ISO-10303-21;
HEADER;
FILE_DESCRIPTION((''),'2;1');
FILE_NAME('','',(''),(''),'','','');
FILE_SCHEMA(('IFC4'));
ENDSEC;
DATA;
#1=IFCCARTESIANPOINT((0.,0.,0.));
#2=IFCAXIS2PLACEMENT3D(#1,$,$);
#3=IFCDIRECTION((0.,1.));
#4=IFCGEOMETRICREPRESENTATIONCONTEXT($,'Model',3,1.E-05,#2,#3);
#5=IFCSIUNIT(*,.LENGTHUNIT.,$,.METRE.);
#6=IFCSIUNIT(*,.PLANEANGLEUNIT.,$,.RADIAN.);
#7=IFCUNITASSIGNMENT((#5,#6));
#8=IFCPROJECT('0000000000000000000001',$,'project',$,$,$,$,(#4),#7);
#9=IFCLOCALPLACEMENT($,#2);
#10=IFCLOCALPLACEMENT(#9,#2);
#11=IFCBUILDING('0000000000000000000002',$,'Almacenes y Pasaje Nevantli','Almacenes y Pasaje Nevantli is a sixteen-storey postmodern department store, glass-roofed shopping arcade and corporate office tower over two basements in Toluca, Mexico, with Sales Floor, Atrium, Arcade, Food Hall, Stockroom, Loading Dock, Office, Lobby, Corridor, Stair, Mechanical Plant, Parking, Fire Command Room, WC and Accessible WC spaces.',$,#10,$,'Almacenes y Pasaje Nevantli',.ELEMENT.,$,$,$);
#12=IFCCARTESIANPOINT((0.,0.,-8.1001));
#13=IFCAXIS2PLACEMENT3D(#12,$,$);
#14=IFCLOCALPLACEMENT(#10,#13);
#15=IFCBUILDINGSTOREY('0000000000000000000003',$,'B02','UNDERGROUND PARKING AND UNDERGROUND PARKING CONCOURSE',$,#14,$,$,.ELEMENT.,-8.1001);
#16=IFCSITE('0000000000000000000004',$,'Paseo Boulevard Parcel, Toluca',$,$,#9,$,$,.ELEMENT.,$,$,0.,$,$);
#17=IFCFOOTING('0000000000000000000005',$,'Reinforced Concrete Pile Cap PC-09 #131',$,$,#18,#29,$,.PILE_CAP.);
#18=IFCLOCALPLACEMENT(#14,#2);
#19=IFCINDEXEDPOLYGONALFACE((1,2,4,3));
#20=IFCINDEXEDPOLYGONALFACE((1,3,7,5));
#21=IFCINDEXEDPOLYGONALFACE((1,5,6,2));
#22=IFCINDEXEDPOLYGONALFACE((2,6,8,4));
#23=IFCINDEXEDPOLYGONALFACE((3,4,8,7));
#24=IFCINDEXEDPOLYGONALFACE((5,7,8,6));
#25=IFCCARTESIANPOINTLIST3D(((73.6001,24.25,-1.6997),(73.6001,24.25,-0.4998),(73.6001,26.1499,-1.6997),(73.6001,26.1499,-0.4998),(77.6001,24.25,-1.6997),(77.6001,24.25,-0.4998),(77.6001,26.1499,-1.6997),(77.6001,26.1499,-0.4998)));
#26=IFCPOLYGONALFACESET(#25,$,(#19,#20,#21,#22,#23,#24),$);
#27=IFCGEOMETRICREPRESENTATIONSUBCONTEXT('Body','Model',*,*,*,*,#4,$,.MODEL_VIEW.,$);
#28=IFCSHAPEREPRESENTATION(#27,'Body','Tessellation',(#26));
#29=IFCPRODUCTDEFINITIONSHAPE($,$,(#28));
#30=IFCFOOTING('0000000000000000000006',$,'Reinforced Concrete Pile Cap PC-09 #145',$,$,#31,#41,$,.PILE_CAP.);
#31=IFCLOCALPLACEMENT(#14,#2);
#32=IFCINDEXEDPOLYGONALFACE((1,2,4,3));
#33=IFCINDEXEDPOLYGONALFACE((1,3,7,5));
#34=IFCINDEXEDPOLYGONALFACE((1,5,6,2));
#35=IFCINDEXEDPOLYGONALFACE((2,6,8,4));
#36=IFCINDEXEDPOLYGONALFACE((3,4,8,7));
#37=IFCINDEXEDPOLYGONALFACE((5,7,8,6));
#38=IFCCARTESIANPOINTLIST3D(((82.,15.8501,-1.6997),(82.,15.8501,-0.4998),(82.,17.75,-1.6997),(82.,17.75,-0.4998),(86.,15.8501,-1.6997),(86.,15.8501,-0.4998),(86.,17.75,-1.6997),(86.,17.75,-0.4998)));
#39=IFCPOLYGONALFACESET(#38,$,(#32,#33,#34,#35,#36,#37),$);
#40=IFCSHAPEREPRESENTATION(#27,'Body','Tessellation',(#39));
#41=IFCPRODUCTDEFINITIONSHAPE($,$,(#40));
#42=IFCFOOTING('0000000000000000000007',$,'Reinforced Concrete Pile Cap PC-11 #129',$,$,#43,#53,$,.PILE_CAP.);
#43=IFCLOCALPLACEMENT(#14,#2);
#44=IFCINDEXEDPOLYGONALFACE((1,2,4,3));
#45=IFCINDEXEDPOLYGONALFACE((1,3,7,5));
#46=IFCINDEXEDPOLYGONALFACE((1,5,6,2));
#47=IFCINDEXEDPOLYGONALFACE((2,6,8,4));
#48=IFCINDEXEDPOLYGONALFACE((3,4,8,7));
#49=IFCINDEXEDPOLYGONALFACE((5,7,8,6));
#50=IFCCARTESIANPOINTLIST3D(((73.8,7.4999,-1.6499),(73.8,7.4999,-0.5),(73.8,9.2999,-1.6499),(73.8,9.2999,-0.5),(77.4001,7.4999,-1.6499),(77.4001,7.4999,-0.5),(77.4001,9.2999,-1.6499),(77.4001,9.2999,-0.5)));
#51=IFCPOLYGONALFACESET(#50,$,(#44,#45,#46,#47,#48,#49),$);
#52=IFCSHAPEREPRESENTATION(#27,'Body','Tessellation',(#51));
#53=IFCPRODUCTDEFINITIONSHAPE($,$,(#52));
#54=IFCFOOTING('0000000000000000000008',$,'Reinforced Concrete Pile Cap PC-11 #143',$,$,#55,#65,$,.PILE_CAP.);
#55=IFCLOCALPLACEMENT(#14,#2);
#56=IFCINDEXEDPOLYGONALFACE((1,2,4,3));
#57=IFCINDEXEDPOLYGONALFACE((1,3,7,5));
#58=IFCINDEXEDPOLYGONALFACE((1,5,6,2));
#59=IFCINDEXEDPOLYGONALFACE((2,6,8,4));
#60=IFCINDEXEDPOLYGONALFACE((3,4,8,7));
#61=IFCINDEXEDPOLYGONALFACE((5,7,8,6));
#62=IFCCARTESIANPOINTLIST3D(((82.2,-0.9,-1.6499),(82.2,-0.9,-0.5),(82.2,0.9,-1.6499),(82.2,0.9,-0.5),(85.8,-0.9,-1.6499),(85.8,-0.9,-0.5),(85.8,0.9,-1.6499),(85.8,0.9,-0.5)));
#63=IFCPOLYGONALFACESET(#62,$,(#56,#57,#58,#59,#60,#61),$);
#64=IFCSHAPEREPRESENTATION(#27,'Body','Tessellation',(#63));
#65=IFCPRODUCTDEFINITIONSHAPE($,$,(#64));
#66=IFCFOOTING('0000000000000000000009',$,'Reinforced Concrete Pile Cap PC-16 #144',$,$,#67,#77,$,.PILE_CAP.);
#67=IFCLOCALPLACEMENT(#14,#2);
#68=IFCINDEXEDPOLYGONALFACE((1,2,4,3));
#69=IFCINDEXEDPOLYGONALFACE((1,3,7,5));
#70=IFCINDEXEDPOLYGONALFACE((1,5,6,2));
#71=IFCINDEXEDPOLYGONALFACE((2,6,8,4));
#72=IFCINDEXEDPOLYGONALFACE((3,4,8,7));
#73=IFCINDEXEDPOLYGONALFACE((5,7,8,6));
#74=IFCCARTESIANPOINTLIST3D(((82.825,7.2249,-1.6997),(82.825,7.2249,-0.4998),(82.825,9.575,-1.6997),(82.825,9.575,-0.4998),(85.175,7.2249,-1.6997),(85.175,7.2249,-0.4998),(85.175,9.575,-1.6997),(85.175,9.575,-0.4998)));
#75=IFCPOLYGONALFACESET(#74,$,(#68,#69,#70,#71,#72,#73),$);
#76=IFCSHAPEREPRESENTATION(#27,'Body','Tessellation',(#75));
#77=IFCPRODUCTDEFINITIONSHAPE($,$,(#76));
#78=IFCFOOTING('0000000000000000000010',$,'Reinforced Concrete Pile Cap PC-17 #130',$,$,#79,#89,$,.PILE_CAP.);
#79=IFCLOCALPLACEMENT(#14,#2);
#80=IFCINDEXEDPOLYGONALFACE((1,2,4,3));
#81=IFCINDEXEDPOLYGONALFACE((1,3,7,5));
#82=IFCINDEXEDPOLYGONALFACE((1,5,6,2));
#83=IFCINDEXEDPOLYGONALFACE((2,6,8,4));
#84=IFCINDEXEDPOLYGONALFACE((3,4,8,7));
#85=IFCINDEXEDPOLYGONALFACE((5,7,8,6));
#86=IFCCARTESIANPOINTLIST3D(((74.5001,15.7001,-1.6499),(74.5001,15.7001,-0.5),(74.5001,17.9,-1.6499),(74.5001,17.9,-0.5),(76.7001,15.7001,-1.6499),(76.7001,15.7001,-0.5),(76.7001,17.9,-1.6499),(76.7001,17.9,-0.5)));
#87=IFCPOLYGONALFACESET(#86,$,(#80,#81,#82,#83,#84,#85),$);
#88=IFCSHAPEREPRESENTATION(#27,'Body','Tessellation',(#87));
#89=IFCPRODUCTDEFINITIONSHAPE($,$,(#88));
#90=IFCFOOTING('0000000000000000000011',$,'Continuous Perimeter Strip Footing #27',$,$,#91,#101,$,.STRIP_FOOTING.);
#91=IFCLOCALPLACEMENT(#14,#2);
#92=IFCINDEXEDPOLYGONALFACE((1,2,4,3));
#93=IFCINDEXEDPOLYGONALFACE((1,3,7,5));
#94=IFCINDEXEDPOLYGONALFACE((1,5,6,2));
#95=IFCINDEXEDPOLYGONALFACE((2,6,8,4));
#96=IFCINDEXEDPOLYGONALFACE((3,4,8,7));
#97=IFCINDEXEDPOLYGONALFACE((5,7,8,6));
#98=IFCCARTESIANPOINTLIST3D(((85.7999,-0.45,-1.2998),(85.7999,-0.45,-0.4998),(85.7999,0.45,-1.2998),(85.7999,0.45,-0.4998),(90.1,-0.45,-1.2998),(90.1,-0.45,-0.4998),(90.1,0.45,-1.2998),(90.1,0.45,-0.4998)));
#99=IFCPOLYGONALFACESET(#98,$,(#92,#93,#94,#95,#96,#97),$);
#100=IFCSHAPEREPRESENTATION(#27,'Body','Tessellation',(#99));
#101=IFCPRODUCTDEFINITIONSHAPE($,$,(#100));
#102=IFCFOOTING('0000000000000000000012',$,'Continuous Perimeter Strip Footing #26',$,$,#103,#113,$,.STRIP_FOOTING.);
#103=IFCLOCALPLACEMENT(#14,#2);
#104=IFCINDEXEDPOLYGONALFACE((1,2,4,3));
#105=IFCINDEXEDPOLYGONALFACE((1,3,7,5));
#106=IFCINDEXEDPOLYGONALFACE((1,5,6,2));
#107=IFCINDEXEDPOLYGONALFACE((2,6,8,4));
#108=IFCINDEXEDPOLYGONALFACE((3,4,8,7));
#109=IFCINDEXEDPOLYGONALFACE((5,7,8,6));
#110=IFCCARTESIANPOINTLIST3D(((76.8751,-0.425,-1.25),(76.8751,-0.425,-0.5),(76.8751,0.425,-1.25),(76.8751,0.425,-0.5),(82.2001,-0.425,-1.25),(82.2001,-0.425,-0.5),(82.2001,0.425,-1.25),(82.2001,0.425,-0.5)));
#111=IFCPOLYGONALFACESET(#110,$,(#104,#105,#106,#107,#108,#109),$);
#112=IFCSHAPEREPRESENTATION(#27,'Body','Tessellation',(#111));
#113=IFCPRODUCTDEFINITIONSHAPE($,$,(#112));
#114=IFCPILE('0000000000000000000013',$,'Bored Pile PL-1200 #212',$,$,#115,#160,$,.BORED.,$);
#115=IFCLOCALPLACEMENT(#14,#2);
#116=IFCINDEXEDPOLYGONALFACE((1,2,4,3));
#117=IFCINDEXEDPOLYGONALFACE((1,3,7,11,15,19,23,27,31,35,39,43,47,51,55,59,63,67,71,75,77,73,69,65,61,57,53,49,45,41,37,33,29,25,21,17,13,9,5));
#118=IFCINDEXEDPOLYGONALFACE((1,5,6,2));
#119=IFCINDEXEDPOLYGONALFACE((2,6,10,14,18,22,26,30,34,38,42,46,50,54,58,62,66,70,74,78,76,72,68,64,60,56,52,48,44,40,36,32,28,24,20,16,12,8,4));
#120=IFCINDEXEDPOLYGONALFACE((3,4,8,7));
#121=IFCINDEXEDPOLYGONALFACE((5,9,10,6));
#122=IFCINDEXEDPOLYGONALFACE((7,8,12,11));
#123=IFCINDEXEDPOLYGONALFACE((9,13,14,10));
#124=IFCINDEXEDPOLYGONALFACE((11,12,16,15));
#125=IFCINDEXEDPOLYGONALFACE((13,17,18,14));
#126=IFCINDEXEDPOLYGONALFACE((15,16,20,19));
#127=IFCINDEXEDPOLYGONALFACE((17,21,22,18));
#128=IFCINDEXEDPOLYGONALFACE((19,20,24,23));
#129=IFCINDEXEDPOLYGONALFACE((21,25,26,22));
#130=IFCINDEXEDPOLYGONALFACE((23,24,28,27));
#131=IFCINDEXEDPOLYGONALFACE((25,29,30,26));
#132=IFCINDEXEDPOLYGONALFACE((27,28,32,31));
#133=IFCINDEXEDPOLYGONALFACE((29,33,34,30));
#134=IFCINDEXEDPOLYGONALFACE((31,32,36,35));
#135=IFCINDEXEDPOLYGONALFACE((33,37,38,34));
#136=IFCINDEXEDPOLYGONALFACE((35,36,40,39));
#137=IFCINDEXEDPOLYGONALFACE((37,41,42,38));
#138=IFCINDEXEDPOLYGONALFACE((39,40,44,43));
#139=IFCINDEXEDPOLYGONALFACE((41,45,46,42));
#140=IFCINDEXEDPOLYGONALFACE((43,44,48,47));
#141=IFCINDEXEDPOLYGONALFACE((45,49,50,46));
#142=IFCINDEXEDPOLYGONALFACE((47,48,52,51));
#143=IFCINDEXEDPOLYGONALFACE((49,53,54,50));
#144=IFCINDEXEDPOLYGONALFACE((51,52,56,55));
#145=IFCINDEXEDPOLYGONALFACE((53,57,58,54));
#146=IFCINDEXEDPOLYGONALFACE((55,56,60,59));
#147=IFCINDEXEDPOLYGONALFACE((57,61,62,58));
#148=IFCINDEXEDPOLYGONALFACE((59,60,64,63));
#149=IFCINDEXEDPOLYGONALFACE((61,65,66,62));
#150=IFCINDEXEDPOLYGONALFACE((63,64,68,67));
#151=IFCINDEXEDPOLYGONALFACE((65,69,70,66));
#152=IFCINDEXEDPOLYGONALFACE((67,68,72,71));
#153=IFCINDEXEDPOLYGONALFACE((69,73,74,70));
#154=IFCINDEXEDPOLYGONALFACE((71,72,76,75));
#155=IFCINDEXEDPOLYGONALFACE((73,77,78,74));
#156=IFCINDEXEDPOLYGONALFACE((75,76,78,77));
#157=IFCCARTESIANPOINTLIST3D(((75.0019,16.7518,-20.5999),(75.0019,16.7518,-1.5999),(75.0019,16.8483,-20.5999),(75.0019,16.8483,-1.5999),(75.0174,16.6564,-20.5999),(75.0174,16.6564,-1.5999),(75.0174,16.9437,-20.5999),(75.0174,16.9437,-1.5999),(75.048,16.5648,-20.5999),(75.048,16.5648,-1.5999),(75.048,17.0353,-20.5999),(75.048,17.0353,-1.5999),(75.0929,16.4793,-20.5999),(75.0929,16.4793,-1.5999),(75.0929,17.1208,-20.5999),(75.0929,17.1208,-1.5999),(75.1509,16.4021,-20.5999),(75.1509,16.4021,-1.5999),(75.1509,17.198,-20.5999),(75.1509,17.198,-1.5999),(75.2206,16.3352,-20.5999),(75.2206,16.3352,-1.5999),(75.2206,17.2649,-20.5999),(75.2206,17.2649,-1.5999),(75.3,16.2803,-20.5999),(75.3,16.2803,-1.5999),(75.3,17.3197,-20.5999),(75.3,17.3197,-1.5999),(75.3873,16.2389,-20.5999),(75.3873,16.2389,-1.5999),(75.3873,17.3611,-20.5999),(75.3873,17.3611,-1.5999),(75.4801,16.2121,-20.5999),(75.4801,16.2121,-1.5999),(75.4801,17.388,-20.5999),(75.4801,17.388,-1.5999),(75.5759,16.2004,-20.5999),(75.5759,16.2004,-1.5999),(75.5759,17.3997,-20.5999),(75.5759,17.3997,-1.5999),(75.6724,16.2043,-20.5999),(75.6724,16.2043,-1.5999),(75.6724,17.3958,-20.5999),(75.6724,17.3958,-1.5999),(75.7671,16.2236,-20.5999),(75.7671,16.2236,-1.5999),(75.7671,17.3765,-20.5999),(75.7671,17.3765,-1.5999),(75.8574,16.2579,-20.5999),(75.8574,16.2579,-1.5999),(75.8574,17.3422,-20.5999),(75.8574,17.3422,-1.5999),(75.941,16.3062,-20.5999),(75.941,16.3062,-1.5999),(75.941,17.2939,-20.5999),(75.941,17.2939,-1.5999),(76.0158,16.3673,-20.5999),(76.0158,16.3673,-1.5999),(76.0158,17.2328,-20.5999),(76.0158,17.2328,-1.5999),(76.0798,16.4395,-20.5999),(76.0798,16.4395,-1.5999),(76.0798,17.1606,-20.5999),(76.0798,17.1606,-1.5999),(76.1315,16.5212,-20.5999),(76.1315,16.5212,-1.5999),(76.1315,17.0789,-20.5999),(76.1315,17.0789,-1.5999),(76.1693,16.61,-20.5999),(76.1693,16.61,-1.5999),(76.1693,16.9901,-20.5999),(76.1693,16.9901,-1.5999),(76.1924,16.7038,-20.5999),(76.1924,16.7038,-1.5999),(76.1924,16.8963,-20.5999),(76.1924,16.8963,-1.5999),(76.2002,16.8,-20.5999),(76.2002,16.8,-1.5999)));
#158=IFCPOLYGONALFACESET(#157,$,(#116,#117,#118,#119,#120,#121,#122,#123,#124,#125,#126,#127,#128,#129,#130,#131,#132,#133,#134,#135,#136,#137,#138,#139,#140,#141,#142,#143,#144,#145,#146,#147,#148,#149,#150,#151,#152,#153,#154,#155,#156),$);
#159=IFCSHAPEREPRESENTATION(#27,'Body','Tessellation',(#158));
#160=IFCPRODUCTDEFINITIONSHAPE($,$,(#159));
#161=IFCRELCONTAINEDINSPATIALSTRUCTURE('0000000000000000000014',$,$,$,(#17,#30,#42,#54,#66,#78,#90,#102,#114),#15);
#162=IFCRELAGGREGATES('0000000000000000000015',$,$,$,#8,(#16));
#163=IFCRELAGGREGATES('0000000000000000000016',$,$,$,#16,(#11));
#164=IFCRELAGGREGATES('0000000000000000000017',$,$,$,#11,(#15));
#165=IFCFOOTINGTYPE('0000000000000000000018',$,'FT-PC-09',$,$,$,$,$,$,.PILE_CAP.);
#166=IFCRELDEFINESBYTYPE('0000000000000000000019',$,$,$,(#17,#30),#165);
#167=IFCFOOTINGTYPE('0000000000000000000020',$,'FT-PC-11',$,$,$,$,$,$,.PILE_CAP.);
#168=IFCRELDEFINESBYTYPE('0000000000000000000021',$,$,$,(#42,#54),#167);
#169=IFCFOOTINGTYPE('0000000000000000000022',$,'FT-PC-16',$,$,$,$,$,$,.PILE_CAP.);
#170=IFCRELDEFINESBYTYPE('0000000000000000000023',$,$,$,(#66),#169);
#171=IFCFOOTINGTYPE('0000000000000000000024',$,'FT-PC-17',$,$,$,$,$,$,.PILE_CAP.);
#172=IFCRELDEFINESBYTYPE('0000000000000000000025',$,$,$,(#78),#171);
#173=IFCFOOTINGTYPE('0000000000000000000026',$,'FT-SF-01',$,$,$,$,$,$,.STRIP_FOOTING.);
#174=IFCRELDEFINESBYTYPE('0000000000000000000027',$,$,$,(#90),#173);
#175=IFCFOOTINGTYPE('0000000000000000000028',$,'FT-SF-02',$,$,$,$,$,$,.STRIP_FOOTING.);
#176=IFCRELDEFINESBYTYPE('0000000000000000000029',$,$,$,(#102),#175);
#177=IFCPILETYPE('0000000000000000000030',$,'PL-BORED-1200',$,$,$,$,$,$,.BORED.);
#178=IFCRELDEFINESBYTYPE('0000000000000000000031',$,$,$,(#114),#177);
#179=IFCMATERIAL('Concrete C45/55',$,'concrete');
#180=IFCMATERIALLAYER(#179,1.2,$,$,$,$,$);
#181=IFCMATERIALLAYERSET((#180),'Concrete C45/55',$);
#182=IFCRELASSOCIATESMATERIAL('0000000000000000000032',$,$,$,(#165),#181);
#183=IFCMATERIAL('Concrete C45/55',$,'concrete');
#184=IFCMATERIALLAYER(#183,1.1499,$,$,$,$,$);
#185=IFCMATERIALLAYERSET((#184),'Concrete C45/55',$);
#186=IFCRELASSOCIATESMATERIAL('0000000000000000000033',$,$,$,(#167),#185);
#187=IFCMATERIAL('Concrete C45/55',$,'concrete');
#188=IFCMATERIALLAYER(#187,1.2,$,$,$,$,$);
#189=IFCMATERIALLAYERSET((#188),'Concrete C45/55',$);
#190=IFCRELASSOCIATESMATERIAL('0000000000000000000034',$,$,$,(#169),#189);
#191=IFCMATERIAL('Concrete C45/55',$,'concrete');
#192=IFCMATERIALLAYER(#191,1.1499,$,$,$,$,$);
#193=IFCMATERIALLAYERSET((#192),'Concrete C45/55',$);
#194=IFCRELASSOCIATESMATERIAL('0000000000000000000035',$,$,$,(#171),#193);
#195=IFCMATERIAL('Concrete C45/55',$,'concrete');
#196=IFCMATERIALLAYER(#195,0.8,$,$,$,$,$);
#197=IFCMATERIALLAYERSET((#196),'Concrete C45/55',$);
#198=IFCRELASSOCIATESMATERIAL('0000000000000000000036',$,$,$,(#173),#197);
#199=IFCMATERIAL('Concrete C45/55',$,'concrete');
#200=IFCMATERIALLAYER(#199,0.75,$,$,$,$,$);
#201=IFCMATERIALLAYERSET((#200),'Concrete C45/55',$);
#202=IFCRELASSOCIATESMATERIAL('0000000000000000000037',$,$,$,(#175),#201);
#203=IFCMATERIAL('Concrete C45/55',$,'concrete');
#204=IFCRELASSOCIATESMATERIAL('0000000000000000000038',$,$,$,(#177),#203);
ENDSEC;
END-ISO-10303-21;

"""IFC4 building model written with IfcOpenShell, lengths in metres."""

from ifc_helpers import new_model, si_unit, direction, frame, origin, origin_2d, place, context, subcontext, project, spatial, rectangle, circle, extrude, material, layer, layer_set, material_profile, profile_set, type_object, element, save


model = new_model("IFC4")

# Units and contexts
model_context = context("Model", 3, precision=1e-05, world=origin(), true_north=direction((0.0, 1.0)))
body_context = subcontext(model_context, "Body", "Model", "MODEL_VIEW")
ifc_project = project(units=[si_unit("LENGTHUNIT", "METRE"), si_unit("PLANEANGLEUNIT", "RADIAN")], contexts=[model_context])

# Site, building, storey
site_placement = place(None, origin())
site = spatial("IfcSite", under=ifc_project, at=site_placement, Name="Paseo Boulevard Parcel, Toluca", CompositionType="ELEMENT", RefElevation=0.0)
building_placement = place(site_placement, origin())
building = spatial("IfcBuilding", under=site, at=building_placement, Name="Almacenes y Pasaje Nevantli", Description="Almacenes y Pasaje Nevantli is a sixteen-storey postmodern department store, glass-roofed shopping arcade and corporate office tower over two basements in Toluca, Mexico, with Sales Floor, Atrium, Arcade, Food Hall, Stockroom, Loading Dock, Office, Lobby, Corridor, Stair, Mechanical Plant, Parking, Fire Command Room, WC and Accessible WC spaces.", LongName="Almacenes y Pasaje Nevantli", CompositionType="ELEMENT")
storey_placement = place(building_placement, frame((0.0, 0.0, -8.1001)))
storey = spatial("IfcBuildingStorey", under=building, at=storey_placement, Name="B02", Description="UNDERGROUND PARKING AND UNDERGROUND PARKING CONCOURSE", CompositionType="ELEMENT", Elevation=-8.1001)

# Footings
ifc_material_1 = material(Name="Concrete C45/55", Category="concrete")
ifc_layer_1 = layer(ifc_material_1, 1.2)
ifc_layer_set_1 = layer_set([ifc_layer_1], Name="Concrete C45/55")
footing_type_1 = type_object("IfcFootingType", Name="FT-PC-09", PredefinedType="PILE_CAP", material=ifc_layer_set_1)
for number, where, z_axis, x_axis, name in (
    (1, (75.6001, 25.2, -1.6997), (0.0, 0.0, 1.0), (1.0, 0.0, 0.0), "Reinforced Concrete Pile Cap PC-09 #131"),
    (2, (84.0, 16.8, -1.6997), (0.0, 0.0, 1.0), (1.0, 0.0, 0.0), "Reinforced Concrete Pile Cap PC-09 #145"),
):
    element("IfcFooting", number, at=place(storey_placement, frame(where, z_axis=z_axis, x_axis=x_axis)), inside=storey, type_object=footing_type_1, Name=name, PredefinedType="PILE_CAP", context=body_context, shape_type="SweptSolid", body=[
        extrude(rectangle(XDim=4.0, YDim=1.8999, at=origin_2d()), origin(), (0.0, 0.0, 1.0), 1.2),
    ])
ifc_material_2 = material(Name="Concrete C45/55", Category="concrete")
ifc_layer_2 = layer(ifc_material_2, 1.1499)
ifc_layer_set_2 = layer_set([ifc_layer_2], Name="Concrete C45/55")
footing_type_2 = type_object("IfcFootingType", Name="FT-PC-11", PredefinedType="PILE_CAP", material=ifc_layer_set_2)
for number, where, z_axis, x_axis, name in (
    (3, (75.6001, 8.3999, -1.6499), (0.0, 0.0, 1.0), (1.0, 0.0, 0.0), "Reinforced Concrete Pile Cap PC-11 #129"),
    (4, (84.0, 0.0, -1.6499), (0.0, 0.0, 1.0), (1.0, 0.0, 0.0), "Reinforced Concrete Pile Cap PC-11 #143"),
):
    element("IfcFooting", number, at=place(storey_placement, frame(where, z_axis=z_axis, x_axis=x_axis)), inside=storey, type_object=footing_type_2, Name=name, PredefinedType="PILE_CAP", context=body_context, shape_type="SweptSolid", body=[
        extrude(rectangle(XDim=3.6001, YDim=1.8, at=origin_2d()), origin(), (0.0, 0.0, 1.0), 1.1499),
    ])
ifc_material_3 = material(Name="Concrete C45/55", Category="concrete")
ifc_layer_3 = layer(ifc_material_3, 1.2)
ifc_layer_set_3 = layer_set([ifc_layer_3], Name="Concrete C45/55")
footing_type_3 = type_object("IfcFootingType", Name="FT-PC-16", PredefinedType="PILE_CAP", material=ifc_layer_set_3)
footing_1_placement = place(storey_placement, frame((84.0, 8.3999, -1.6997), z_axis=(0.0, 0.0, 1.0), x_axis=(1.0, 0.0, 0.0)))
element("IfcFooting", 5, at=footing_1_placement, inside=storey, type_object=footing_type_3, Name="Reinforced Concrete Pile Cap PC-16 #144", PredefinedType="PILE_CAP", context=body_context, shape_type="SweptSolid", body=[
    extrude(rectangle(XDim=2.3501, YDim=2.3501, at=origin_2d()), origin(), (0.0, 0.0, 1.0), 1.2),
])
ifc_material_4 = material(Name="Concrete C45/55", Category="concrete")
ifc_layer_4 = layer(ifc_material_4, 1.1499)
ifc_layer_set_4 = layer_set([ifc_layer_4], Name="Concrete C45/55")
footing_type_4 = type_object("IfcFootingType", Name="FT-PC-17", PredefinedType="PILE_CAP", material=ifc_layer_set_4)
footing_2_placement = place(storey_placement, frame((75.6001, 16.8, -1.6499), z_axis=(0.0, 0.0, 1.0), x_axis=(1.0, 0.0, 0.0)))
element("IfcFooting", 6, at=footing_2_placement, inside=storey, type_object=footing_type_4, Name="Reinforced Concrete Pile Cap PC-17 #130", PredefinedType="PILE_CAP", context=body_context, shape_type="SweptSolid", body=[
    extrude(rectangle(XDim=2.2, YDim=2.2, at=origin_2d()), origin(), (0.0, 0.0, 1.0), 1.1499),
])
ifc_material_5 = material(Name="Concrete C45/55", Category="concrete")
ifc_layer_5 = layer(ifc_material_5, 0.8)
ifc_layer_set_5 = layer_set([ifc_layer_5], Name="Concrete C45/55")
footing_type_5 = type_object("IfcFootingType", Name="FT-SF-01", PredefinedType="STRIP_FOOTING", material=ifc_layer_set_5)
footing_3_placement = place(storey_placement, frame((87.95, 0.0, -1.2998), z_axis=(0.0, 0.0, 1.0), x_axis=(1.0, 0.0, 0.0)))
element("IfcFooting", 7, at=footing_3_placement, inside=storey, type_object=footing_type_5, Name="Continuous Perimeter Strip Footing #27", PredefinedType="STRIP_FOOTING", context=body_context, shape_type="SweptSolid", body=[
    extrude(rectangle(XDim=4.3, YDim=0.8999, at=origin_2d()), origin(), (0.0, 0.0, 1.0), 0.8),
])
ifc_material_6 = material(Name="Concrete C45/55", Category="concrete")
ifc_layer_6 = layer(ifc_material_6, 0.75)
ifc_layer_set_6 = layer_set([ifc_layer_6], Name="Concrete C45/55")
footing_type_6 = type_object("IfcFootingType", Name="FT-SF-02", PredefinedType="STRIP_FOOTING", material=ifc_layer_set_6)
footing_4_placement = place(storey_placement, frame((79.5376, 0.0, -1.25), z_axis=(0.0, 0.0, 1.0), x_axis=(1.0, 0.0, 0.0)))
element("IfcFooting", 8, at=footing_4_placement, inside=storey, type_object=footing_type_6, Name="Continuous Perimeter Strip Footing #26", PredefinedType="STRIP_FOOTING", context=body_context, shape_type="SweptSolid", body=[
    extrude(rectangle(XDim=5.325, YDim=0.8501, at=origin_2d()), origin(), (0.0, 0.0, 1.0), 0.75),
])

# Pile
ifc_material_7 = material(Name="Concrete C45/55", Category="concrete")
ifc_material_profile_1 = material_profile(ifc_material_7, circle(Radius=0.6001, at=origin_2d()), Name="RC-PILE-D1200")
ifc_profile_set_1 = profile_set([ifc_material_profile_1], Name="Concrete C45/55")
pile_type_1 = type_object("IfcPileType", Name="PL-BORED-1200", PredefinedType="BORED", material=ifc_profile_set_1)
for number, where, z_axis, x_axis, name in (
    (9, (75.6001, 16.8, -1.5999), (0.0, 0.0, -1.0), (1.0, 0.0, 0.0), "Bored Pile PL-1200 #212"),
):
    element("IfcPile", number, at=place(storey_placement, frame(where, z_axis=z_axis, x_axis=x_axis)), inside=storey, type_object=pile_type_1, Name=name, PredefinedType="BORED", context=body_context, shape_type="SweptSolid", body=[
        extrude(circle(Radius=0.6001, at=origin_2d()), origin(), (0.0, 0.0, 1.0), 19.0),
    ])

save(model, "model.ifc")
